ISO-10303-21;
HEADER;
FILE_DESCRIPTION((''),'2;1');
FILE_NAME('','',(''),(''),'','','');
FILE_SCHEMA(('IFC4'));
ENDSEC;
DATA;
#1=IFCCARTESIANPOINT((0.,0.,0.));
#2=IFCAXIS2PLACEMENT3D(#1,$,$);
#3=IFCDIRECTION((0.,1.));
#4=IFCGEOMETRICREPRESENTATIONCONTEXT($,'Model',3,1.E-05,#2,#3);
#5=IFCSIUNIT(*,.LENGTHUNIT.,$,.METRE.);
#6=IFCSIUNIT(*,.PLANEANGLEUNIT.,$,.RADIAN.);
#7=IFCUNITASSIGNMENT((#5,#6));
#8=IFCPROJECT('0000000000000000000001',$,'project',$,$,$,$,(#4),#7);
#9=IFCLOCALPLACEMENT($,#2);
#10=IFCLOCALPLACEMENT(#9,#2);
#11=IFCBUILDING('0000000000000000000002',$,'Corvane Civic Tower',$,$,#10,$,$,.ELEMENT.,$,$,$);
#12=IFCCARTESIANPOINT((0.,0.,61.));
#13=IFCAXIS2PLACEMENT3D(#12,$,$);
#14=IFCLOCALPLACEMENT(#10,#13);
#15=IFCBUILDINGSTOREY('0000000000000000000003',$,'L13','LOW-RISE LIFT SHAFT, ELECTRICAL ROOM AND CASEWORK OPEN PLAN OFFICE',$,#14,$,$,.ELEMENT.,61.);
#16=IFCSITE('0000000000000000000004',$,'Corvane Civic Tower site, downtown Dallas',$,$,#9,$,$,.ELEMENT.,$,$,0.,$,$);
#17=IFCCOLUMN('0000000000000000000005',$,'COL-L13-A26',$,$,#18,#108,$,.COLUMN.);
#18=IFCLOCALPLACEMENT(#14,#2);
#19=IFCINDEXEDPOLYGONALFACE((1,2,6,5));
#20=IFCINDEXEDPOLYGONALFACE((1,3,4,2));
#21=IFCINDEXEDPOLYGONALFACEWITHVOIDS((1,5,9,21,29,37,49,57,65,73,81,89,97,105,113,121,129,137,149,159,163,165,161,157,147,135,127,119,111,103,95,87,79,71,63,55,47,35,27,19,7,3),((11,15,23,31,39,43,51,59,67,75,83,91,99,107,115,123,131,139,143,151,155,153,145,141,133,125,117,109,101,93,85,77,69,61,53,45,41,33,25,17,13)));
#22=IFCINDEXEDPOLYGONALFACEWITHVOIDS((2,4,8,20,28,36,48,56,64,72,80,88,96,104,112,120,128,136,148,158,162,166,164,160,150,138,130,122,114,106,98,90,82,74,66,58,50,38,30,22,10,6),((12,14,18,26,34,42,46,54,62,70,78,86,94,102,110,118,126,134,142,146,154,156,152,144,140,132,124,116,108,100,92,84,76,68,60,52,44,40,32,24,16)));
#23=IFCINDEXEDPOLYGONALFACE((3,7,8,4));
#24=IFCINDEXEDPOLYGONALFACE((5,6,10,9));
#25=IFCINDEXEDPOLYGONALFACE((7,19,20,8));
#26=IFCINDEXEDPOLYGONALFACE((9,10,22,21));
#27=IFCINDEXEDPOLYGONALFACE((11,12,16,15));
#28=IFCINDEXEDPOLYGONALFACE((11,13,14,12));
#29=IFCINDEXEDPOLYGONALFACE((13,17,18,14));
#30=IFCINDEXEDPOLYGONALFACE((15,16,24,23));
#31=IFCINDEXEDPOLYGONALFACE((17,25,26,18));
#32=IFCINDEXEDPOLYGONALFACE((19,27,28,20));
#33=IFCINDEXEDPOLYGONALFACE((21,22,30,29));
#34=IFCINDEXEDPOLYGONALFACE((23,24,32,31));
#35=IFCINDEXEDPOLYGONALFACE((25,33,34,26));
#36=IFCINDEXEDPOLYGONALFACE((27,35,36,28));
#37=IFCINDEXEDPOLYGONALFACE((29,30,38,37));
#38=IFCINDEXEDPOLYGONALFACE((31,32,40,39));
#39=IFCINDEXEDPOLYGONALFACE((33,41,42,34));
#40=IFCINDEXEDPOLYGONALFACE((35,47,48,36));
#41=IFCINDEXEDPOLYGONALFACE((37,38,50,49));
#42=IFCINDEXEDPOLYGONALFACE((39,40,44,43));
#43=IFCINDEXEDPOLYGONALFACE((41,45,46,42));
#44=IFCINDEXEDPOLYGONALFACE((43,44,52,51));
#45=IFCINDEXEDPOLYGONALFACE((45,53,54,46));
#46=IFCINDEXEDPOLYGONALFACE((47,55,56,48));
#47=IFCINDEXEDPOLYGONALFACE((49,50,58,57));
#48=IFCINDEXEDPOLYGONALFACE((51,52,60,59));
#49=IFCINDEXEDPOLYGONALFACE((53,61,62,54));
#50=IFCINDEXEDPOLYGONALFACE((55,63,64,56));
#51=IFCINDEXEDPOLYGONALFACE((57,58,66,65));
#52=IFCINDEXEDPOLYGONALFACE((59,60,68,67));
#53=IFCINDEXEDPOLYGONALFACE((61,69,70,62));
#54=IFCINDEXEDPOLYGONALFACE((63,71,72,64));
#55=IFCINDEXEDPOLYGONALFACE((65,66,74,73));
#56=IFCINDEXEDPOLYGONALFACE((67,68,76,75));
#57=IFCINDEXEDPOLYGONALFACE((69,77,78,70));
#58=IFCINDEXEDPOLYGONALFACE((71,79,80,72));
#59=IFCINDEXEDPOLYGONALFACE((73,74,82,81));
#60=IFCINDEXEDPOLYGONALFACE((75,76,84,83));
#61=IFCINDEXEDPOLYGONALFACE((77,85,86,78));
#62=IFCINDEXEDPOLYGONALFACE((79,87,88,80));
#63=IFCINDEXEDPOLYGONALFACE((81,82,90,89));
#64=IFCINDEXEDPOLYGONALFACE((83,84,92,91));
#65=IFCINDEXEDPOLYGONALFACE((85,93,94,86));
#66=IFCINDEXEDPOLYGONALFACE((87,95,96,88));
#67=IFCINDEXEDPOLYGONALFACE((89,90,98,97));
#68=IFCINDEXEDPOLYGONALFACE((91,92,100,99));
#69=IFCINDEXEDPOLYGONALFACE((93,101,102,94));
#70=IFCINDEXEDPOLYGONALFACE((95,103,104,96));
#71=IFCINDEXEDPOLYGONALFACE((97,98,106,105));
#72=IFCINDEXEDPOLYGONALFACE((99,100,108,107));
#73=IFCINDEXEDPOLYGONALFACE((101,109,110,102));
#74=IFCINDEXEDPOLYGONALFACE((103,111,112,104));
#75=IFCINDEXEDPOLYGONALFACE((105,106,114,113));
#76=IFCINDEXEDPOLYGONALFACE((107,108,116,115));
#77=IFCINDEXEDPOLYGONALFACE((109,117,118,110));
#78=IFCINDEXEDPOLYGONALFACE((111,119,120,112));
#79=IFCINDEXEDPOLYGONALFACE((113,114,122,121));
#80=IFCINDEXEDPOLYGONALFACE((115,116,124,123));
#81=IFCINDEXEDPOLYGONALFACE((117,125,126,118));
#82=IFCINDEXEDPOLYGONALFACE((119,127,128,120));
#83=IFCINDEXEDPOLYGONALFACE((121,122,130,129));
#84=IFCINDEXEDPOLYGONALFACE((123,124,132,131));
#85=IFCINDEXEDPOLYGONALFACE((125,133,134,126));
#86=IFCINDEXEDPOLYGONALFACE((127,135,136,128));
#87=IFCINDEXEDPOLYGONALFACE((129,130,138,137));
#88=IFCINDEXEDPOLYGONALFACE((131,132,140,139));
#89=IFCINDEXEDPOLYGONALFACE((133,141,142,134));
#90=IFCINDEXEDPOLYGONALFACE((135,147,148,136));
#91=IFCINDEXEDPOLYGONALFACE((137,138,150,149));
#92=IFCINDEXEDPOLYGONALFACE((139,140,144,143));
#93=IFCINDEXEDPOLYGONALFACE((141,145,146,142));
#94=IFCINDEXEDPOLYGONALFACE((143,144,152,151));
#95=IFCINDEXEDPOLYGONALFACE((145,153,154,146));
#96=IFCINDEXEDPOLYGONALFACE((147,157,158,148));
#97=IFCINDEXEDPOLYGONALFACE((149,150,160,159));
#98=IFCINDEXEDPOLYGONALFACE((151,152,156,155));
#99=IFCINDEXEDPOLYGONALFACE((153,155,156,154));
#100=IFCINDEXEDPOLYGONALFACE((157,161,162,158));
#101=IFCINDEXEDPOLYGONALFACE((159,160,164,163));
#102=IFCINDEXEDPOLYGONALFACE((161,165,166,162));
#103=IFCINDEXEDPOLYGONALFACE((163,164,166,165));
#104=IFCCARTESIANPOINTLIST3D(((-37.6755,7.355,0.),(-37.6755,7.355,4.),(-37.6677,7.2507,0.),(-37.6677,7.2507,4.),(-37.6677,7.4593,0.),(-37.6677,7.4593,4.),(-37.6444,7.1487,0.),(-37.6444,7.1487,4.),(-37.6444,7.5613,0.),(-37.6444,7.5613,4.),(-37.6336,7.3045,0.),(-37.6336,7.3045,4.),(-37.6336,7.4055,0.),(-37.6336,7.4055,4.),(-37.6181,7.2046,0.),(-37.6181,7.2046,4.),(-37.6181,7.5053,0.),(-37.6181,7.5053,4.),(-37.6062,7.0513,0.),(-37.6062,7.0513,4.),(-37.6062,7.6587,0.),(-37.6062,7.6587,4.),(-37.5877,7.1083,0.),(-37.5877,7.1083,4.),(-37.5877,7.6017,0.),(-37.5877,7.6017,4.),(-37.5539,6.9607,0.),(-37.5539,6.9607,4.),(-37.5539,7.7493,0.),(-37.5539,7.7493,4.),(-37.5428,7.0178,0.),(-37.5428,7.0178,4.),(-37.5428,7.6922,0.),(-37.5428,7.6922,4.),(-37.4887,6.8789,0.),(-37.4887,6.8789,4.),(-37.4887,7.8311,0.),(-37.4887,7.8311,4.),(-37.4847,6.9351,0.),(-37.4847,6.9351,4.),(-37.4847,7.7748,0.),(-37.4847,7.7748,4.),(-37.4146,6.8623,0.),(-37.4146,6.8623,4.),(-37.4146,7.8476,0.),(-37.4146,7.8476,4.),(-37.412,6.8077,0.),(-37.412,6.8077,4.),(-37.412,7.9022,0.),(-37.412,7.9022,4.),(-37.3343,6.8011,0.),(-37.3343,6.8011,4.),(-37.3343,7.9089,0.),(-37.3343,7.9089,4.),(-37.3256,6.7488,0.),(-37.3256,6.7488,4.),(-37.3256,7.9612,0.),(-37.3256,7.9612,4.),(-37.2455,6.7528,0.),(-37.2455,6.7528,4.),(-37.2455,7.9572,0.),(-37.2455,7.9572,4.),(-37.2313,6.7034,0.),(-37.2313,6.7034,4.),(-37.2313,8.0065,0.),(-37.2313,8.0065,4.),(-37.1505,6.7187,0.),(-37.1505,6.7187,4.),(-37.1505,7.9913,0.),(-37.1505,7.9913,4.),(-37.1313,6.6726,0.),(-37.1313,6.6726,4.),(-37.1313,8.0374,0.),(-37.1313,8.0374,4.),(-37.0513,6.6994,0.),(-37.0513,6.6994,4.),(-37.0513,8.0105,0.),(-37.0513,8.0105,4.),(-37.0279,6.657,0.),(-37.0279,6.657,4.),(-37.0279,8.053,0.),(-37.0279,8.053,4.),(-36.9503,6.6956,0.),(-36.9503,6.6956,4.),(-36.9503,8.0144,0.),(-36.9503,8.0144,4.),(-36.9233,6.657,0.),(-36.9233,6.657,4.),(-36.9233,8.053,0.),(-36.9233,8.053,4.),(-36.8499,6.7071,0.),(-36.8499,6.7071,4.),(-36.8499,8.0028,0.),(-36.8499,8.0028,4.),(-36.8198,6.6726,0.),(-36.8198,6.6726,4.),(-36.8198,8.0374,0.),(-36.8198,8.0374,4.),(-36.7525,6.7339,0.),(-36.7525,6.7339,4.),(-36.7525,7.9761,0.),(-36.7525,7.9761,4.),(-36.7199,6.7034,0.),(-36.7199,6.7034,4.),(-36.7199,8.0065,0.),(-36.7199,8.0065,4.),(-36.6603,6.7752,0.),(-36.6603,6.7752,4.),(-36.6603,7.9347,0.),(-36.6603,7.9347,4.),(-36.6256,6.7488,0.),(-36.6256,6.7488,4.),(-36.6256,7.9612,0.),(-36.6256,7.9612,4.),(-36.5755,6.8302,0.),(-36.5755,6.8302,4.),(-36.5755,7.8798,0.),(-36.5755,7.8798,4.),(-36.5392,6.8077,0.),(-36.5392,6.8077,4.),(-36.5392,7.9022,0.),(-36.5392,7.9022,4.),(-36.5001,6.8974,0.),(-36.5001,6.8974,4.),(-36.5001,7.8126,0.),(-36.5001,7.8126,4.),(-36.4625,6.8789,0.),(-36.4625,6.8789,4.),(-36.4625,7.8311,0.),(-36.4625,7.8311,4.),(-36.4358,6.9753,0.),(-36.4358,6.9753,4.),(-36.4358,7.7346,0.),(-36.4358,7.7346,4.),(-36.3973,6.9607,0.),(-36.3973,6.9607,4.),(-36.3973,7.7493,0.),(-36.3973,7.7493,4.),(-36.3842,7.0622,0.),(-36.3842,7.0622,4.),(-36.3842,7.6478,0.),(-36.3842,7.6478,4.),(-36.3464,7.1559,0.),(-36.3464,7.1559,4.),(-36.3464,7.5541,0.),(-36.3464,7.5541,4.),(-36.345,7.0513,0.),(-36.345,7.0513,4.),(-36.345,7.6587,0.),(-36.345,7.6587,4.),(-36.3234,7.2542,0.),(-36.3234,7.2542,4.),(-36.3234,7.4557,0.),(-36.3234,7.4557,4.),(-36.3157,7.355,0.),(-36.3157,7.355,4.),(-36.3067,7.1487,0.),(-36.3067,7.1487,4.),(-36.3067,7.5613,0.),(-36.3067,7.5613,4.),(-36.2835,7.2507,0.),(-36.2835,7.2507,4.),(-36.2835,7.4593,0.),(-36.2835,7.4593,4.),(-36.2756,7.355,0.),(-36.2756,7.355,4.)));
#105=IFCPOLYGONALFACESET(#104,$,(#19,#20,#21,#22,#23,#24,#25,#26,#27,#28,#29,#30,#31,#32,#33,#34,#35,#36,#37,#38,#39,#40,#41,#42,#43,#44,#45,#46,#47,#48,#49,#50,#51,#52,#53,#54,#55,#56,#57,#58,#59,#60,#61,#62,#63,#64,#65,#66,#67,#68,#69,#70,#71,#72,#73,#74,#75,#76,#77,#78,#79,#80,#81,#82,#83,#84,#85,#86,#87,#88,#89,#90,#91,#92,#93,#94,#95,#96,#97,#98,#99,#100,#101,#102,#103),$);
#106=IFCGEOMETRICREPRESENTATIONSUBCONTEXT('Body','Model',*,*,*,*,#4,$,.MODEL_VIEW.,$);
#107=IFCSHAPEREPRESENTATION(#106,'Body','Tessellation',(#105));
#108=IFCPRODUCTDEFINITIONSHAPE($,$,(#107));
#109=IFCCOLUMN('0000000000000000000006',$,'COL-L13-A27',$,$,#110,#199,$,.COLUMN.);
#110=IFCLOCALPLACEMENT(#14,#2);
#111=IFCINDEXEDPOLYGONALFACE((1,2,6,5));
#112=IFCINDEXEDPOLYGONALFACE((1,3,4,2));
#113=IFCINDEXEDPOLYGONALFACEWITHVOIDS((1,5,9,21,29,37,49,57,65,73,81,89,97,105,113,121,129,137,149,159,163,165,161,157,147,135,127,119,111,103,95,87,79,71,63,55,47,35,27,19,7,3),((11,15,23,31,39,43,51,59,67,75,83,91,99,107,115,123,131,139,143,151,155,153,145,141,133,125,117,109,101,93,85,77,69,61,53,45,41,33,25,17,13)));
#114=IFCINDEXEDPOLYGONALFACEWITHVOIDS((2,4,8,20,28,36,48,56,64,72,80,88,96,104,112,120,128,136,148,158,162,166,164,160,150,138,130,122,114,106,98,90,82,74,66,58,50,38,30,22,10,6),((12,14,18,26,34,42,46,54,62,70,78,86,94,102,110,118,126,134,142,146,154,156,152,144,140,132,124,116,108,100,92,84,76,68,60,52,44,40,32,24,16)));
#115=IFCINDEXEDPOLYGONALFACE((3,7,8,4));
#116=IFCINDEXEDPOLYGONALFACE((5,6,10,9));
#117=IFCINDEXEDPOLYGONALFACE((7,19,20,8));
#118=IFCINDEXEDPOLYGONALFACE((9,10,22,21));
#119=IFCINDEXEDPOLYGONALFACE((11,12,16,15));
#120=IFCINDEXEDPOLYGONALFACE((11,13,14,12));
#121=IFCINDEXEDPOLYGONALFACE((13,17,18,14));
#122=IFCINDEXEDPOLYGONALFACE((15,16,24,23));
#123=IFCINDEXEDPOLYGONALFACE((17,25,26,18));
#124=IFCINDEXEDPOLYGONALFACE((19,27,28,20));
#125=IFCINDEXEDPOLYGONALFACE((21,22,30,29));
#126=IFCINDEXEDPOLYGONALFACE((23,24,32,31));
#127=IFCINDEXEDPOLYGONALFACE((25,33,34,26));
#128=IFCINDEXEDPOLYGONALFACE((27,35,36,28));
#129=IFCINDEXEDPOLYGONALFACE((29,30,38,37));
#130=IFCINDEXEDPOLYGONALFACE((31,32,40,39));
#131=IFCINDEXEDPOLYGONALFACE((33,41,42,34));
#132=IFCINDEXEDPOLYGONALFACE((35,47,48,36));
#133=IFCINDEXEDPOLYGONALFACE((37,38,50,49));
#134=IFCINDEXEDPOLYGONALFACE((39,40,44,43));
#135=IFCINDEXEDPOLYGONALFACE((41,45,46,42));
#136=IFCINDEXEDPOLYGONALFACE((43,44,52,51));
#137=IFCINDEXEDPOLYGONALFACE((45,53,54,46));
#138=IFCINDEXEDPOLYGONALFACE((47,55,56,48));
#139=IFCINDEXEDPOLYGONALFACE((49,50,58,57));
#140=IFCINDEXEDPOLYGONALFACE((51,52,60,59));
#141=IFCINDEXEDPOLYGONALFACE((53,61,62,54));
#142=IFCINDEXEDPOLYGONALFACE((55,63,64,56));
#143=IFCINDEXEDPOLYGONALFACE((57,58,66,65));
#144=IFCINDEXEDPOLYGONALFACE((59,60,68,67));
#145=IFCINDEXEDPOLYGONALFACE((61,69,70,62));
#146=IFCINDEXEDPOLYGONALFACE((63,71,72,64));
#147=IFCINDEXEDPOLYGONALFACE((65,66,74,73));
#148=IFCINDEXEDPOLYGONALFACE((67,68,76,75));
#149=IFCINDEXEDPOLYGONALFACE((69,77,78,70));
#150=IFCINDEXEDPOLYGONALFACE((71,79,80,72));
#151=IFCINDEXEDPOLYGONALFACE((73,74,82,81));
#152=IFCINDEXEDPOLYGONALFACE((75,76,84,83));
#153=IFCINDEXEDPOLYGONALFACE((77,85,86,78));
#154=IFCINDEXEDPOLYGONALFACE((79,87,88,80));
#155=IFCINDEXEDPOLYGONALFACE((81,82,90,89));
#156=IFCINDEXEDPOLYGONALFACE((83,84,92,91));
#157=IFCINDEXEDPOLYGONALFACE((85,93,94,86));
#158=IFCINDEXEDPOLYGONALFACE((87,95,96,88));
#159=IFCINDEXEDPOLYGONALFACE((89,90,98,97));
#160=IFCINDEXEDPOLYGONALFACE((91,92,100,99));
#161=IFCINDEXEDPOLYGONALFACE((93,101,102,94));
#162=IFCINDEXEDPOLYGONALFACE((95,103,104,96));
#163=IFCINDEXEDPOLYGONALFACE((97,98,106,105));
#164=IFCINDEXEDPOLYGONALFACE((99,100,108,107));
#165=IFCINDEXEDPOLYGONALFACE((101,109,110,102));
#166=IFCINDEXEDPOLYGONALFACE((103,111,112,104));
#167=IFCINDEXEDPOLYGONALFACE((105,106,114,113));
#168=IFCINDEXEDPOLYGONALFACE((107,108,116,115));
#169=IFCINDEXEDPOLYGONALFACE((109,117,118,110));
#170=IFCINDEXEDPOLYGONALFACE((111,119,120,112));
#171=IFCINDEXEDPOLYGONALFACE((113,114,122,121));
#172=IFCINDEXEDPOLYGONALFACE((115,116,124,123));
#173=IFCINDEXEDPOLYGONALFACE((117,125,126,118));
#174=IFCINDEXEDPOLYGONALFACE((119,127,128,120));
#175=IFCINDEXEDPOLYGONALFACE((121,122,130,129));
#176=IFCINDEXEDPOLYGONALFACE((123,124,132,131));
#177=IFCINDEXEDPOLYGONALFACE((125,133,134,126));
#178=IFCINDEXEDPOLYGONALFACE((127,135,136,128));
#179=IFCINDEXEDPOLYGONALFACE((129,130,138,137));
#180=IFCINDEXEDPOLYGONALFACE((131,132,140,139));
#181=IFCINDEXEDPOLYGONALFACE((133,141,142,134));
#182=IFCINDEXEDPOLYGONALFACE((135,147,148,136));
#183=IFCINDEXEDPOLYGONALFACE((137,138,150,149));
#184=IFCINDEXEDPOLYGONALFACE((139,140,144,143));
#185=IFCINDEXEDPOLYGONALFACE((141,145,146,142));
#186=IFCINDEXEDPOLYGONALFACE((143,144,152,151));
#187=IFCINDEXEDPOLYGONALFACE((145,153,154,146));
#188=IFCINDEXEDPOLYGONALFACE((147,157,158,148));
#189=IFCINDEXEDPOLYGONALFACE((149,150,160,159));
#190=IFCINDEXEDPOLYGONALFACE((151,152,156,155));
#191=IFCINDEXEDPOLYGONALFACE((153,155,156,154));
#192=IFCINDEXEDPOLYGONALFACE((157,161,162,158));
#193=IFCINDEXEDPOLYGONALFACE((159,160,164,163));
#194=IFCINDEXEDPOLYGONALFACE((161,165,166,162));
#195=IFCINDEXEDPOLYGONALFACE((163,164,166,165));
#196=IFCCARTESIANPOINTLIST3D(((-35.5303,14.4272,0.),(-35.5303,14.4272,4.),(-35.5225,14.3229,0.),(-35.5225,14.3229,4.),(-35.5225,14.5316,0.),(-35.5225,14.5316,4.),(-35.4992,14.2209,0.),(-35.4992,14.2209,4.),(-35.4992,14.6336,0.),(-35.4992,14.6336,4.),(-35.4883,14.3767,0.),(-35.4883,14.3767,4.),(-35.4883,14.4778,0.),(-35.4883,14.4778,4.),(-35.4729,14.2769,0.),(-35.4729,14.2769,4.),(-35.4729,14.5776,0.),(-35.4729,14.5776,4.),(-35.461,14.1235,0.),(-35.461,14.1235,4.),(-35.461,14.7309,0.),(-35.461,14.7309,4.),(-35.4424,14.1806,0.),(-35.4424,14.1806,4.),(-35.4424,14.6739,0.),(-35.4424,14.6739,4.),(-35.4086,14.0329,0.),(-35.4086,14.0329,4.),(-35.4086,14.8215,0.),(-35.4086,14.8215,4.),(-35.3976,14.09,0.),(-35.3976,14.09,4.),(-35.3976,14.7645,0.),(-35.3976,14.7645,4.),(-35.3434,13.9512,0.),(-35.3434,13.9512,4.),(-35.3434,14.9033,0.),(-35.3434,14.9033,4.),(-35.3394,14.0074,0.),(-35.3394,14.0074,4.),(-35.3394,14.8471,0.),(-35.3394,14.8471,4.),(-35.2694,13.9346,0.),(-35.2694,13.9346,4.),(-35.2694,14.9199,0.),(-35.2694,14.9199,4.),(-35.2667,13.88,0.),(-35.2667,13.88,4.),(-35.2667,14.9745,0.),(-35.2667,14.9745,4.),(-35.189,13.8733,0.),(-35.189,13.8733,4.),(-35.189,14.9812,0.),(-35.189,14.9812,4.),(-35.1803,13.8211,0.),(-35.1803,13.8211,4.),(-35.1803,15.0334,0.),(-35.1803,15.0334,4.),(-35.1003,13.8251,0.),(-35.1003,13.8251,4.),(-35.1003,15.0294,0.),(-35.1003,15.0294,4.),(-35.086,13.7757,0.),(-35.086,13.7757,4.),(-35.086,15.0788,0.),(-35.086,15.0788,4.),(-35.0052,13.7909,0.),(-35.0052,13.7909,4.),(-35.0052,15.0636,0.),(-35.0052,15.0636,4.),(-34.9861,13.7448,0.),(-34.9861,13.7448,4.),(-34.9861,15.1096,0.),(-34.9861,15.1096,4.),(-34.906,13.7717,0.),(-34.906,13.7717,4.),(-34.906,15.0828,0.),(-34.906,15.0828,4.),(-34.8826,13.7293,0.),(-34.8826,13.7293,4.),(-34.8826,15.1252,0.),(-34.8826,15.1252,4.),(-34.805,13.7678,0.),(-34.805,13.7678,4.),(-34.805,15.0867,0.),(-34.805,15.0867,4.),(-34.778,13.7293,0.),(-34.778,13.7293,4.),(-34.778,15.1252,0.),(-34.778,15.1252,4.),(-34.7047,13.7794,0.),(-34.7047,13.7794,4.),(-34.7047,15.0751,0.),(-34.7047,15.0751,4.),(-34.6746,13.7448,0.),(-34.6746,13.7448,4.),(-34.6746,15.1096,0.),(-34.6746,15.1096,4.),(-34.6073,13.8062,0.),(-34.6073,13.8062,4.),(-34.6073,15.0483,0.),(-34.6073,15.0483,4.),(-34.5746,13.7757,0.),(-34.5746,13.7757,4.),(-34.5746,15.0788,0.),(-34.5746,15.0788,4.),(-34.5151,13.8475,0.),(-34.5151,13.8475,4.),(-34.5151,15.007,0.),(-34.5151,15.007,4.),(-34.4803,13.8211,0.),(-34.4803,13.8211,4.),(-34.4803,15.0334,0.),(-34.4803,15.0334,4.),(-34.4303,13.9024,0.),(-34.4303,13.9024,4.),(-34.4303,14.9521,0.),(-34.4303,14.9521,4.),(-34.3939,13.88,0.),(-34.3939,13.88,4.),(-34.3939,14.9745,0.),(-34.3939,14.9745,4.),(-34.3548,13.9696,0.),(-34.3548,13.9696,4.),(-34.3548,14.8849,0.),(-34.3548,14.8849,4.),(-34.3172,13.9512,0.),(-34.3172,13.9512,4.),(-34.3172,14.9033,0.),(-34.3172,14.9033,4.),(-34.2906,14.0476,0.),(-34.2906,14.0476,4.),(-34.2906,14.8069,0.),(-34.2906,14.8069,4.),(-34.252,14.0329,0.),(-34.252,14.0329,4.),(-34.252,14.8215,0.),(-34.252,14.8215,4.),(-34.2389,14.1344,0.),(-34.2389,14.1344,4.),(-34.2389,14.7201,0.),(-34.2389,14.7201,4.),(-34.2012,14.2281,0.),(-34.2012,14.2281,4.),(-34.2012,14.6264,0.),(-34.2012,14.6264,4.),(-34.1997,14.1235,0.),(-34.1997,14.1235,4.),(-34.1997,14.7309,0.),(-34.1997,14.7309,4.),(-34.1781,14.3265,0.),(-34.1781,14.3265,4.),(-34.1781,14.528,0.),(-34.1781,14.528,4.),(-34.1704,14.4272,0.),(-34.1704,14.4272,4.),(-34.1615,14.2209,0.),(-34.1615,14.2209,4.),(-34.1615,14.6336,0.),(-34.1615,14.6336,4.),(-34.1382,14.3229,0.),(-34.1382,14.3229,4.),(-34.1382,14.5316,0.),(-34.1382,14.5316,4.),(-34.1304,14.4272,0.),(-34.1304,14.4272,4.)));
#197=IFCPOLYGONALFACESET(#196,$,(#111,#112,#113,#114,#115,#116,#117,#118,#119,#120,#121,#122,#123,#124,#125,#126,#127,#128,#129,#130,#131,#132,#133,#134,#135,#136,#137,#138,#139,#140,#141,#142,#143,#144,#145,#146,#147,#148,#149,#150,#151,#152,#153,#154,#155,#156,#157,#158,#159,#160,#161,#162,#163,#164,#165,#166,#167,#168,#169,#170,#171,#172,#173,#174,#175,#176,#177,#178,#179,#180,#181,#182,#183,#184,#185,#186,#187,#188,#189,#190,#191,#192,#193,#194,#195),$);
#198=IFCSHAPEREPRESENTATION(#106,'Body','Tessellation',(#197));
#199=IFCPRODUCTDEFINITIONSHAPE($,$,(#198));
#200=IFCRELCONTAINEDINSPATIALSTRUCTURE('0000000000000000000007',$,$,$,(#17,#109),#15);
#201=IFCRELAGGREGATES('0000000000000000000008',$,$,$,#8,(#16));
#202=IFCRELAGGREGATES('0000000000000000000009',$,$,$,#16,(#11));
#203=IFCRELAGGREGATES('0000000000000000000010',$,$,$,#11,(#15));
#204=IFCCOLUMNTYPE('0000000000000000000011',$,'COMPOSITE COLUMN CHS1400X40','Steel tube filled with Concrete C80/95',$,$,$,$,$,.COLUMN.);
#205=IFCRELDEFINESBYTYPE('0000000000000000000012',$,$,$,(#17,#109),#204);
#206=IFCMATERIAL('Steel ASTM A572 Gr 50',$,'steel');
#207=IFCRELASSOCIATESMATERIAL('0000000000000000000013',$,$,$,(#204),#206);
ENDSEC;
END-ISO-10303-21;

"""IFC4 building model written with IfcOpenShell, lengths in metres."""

from ifc_helpers import new_model, si_unit, direction, frame, origin, origin_2d, place, context, subcontext, project, spatial, hollow_circle, extrude, material, material_profile, profile_set, type_object, element, save


model = new_model("IFC4")

# Units and contexts
model_context = context("Model", 3, precision=1e-05, world=origin(), true_north=direction((0.0, 1.0)))
body_context = subcontext(model_context, "Body", "Model", "MODEL_VIEW")
ifc_project = project(units=[si_unit("LENGTHUNIT", "METRE"), si_unit("PLANEANGLEUNIT", "RADIAN")], contexts=[model_context])

# Site, building, storey
site_placement = place(None, origin())
site = spatial("IfcSite", under=ifc_project, at=site_placement, Name="Corvane Civic Tower site, downtown Dallas", CompositionType="ELEMENT", RefElevation=0.0)
building_placement = place(site_placement, origin())
building = spatial("IfcBuilding", under=site, at=building_placement, Name="Corvane Civic Tower", CompositionType="ELEMENT")
storey_placement = place(building_placement, frame((0.0, 0.0, 61.0)))
storey = spatial("IfcBuildingStorey", under=building, at=storey_placement, Name="L13", Description="LOW-RISE LIFT SHAFT, ELECTRICAL ROOM AND CASEWORK OPEN PLAN OFFICE", CompositionType="ELEMENT", Elevation=61.0)

# Columns
ifc_material_1 = material(Name="Steel ASTM A572 Gr 50", Category="steel")
ifc_material_profile_1 = material_profile(ifc_material_1, hollow_circle(Radius=0.7, WallThickness=0.04, at=origin_2d()), Name="CHS1400X40")
ifc_profile_set_1 = profile_set([ifc_material_profile_1], Name="Steel ASTM A572 Gr 50")
column_type = type_object("IfcColumnType", Name="COMPOSITE COLUMN CHS1400X40", Description="Steel tube filled with Concrete C80/95", PredefinedType="COLUMN", material=ifc_profile_set_1)
for number, where, z_axis, x_axis, name in (
    (1, (-36.9756, 7.355, 0.0), (0.0, 0.0, 1.0), (1.0, 0.0, 0.0), "COL-L13-A26"),
    (2, (-34.8303, 14.4272, 0.0), (0.0, 0.0, 1.0), (1.0, 0.0, 0.0), "COL-L13-A27"),
):
    element("IfcColumn", number, at=place(storey_placement, frame(where, z_axis=z_axis, x_axis=x_axis)), inside=storey, type_object=column_type, Name=name, PredefinedType="COLUMN", context=body_context, shape_type="SweptSolid", body=[
        extrude(hollow_circle(Radius=0.7, WallThickness=0.04, at=origin_2d()), origin(), (0.0, 0.0, 1.0), 4.0),
    ])

save(model, "model.ifc")
